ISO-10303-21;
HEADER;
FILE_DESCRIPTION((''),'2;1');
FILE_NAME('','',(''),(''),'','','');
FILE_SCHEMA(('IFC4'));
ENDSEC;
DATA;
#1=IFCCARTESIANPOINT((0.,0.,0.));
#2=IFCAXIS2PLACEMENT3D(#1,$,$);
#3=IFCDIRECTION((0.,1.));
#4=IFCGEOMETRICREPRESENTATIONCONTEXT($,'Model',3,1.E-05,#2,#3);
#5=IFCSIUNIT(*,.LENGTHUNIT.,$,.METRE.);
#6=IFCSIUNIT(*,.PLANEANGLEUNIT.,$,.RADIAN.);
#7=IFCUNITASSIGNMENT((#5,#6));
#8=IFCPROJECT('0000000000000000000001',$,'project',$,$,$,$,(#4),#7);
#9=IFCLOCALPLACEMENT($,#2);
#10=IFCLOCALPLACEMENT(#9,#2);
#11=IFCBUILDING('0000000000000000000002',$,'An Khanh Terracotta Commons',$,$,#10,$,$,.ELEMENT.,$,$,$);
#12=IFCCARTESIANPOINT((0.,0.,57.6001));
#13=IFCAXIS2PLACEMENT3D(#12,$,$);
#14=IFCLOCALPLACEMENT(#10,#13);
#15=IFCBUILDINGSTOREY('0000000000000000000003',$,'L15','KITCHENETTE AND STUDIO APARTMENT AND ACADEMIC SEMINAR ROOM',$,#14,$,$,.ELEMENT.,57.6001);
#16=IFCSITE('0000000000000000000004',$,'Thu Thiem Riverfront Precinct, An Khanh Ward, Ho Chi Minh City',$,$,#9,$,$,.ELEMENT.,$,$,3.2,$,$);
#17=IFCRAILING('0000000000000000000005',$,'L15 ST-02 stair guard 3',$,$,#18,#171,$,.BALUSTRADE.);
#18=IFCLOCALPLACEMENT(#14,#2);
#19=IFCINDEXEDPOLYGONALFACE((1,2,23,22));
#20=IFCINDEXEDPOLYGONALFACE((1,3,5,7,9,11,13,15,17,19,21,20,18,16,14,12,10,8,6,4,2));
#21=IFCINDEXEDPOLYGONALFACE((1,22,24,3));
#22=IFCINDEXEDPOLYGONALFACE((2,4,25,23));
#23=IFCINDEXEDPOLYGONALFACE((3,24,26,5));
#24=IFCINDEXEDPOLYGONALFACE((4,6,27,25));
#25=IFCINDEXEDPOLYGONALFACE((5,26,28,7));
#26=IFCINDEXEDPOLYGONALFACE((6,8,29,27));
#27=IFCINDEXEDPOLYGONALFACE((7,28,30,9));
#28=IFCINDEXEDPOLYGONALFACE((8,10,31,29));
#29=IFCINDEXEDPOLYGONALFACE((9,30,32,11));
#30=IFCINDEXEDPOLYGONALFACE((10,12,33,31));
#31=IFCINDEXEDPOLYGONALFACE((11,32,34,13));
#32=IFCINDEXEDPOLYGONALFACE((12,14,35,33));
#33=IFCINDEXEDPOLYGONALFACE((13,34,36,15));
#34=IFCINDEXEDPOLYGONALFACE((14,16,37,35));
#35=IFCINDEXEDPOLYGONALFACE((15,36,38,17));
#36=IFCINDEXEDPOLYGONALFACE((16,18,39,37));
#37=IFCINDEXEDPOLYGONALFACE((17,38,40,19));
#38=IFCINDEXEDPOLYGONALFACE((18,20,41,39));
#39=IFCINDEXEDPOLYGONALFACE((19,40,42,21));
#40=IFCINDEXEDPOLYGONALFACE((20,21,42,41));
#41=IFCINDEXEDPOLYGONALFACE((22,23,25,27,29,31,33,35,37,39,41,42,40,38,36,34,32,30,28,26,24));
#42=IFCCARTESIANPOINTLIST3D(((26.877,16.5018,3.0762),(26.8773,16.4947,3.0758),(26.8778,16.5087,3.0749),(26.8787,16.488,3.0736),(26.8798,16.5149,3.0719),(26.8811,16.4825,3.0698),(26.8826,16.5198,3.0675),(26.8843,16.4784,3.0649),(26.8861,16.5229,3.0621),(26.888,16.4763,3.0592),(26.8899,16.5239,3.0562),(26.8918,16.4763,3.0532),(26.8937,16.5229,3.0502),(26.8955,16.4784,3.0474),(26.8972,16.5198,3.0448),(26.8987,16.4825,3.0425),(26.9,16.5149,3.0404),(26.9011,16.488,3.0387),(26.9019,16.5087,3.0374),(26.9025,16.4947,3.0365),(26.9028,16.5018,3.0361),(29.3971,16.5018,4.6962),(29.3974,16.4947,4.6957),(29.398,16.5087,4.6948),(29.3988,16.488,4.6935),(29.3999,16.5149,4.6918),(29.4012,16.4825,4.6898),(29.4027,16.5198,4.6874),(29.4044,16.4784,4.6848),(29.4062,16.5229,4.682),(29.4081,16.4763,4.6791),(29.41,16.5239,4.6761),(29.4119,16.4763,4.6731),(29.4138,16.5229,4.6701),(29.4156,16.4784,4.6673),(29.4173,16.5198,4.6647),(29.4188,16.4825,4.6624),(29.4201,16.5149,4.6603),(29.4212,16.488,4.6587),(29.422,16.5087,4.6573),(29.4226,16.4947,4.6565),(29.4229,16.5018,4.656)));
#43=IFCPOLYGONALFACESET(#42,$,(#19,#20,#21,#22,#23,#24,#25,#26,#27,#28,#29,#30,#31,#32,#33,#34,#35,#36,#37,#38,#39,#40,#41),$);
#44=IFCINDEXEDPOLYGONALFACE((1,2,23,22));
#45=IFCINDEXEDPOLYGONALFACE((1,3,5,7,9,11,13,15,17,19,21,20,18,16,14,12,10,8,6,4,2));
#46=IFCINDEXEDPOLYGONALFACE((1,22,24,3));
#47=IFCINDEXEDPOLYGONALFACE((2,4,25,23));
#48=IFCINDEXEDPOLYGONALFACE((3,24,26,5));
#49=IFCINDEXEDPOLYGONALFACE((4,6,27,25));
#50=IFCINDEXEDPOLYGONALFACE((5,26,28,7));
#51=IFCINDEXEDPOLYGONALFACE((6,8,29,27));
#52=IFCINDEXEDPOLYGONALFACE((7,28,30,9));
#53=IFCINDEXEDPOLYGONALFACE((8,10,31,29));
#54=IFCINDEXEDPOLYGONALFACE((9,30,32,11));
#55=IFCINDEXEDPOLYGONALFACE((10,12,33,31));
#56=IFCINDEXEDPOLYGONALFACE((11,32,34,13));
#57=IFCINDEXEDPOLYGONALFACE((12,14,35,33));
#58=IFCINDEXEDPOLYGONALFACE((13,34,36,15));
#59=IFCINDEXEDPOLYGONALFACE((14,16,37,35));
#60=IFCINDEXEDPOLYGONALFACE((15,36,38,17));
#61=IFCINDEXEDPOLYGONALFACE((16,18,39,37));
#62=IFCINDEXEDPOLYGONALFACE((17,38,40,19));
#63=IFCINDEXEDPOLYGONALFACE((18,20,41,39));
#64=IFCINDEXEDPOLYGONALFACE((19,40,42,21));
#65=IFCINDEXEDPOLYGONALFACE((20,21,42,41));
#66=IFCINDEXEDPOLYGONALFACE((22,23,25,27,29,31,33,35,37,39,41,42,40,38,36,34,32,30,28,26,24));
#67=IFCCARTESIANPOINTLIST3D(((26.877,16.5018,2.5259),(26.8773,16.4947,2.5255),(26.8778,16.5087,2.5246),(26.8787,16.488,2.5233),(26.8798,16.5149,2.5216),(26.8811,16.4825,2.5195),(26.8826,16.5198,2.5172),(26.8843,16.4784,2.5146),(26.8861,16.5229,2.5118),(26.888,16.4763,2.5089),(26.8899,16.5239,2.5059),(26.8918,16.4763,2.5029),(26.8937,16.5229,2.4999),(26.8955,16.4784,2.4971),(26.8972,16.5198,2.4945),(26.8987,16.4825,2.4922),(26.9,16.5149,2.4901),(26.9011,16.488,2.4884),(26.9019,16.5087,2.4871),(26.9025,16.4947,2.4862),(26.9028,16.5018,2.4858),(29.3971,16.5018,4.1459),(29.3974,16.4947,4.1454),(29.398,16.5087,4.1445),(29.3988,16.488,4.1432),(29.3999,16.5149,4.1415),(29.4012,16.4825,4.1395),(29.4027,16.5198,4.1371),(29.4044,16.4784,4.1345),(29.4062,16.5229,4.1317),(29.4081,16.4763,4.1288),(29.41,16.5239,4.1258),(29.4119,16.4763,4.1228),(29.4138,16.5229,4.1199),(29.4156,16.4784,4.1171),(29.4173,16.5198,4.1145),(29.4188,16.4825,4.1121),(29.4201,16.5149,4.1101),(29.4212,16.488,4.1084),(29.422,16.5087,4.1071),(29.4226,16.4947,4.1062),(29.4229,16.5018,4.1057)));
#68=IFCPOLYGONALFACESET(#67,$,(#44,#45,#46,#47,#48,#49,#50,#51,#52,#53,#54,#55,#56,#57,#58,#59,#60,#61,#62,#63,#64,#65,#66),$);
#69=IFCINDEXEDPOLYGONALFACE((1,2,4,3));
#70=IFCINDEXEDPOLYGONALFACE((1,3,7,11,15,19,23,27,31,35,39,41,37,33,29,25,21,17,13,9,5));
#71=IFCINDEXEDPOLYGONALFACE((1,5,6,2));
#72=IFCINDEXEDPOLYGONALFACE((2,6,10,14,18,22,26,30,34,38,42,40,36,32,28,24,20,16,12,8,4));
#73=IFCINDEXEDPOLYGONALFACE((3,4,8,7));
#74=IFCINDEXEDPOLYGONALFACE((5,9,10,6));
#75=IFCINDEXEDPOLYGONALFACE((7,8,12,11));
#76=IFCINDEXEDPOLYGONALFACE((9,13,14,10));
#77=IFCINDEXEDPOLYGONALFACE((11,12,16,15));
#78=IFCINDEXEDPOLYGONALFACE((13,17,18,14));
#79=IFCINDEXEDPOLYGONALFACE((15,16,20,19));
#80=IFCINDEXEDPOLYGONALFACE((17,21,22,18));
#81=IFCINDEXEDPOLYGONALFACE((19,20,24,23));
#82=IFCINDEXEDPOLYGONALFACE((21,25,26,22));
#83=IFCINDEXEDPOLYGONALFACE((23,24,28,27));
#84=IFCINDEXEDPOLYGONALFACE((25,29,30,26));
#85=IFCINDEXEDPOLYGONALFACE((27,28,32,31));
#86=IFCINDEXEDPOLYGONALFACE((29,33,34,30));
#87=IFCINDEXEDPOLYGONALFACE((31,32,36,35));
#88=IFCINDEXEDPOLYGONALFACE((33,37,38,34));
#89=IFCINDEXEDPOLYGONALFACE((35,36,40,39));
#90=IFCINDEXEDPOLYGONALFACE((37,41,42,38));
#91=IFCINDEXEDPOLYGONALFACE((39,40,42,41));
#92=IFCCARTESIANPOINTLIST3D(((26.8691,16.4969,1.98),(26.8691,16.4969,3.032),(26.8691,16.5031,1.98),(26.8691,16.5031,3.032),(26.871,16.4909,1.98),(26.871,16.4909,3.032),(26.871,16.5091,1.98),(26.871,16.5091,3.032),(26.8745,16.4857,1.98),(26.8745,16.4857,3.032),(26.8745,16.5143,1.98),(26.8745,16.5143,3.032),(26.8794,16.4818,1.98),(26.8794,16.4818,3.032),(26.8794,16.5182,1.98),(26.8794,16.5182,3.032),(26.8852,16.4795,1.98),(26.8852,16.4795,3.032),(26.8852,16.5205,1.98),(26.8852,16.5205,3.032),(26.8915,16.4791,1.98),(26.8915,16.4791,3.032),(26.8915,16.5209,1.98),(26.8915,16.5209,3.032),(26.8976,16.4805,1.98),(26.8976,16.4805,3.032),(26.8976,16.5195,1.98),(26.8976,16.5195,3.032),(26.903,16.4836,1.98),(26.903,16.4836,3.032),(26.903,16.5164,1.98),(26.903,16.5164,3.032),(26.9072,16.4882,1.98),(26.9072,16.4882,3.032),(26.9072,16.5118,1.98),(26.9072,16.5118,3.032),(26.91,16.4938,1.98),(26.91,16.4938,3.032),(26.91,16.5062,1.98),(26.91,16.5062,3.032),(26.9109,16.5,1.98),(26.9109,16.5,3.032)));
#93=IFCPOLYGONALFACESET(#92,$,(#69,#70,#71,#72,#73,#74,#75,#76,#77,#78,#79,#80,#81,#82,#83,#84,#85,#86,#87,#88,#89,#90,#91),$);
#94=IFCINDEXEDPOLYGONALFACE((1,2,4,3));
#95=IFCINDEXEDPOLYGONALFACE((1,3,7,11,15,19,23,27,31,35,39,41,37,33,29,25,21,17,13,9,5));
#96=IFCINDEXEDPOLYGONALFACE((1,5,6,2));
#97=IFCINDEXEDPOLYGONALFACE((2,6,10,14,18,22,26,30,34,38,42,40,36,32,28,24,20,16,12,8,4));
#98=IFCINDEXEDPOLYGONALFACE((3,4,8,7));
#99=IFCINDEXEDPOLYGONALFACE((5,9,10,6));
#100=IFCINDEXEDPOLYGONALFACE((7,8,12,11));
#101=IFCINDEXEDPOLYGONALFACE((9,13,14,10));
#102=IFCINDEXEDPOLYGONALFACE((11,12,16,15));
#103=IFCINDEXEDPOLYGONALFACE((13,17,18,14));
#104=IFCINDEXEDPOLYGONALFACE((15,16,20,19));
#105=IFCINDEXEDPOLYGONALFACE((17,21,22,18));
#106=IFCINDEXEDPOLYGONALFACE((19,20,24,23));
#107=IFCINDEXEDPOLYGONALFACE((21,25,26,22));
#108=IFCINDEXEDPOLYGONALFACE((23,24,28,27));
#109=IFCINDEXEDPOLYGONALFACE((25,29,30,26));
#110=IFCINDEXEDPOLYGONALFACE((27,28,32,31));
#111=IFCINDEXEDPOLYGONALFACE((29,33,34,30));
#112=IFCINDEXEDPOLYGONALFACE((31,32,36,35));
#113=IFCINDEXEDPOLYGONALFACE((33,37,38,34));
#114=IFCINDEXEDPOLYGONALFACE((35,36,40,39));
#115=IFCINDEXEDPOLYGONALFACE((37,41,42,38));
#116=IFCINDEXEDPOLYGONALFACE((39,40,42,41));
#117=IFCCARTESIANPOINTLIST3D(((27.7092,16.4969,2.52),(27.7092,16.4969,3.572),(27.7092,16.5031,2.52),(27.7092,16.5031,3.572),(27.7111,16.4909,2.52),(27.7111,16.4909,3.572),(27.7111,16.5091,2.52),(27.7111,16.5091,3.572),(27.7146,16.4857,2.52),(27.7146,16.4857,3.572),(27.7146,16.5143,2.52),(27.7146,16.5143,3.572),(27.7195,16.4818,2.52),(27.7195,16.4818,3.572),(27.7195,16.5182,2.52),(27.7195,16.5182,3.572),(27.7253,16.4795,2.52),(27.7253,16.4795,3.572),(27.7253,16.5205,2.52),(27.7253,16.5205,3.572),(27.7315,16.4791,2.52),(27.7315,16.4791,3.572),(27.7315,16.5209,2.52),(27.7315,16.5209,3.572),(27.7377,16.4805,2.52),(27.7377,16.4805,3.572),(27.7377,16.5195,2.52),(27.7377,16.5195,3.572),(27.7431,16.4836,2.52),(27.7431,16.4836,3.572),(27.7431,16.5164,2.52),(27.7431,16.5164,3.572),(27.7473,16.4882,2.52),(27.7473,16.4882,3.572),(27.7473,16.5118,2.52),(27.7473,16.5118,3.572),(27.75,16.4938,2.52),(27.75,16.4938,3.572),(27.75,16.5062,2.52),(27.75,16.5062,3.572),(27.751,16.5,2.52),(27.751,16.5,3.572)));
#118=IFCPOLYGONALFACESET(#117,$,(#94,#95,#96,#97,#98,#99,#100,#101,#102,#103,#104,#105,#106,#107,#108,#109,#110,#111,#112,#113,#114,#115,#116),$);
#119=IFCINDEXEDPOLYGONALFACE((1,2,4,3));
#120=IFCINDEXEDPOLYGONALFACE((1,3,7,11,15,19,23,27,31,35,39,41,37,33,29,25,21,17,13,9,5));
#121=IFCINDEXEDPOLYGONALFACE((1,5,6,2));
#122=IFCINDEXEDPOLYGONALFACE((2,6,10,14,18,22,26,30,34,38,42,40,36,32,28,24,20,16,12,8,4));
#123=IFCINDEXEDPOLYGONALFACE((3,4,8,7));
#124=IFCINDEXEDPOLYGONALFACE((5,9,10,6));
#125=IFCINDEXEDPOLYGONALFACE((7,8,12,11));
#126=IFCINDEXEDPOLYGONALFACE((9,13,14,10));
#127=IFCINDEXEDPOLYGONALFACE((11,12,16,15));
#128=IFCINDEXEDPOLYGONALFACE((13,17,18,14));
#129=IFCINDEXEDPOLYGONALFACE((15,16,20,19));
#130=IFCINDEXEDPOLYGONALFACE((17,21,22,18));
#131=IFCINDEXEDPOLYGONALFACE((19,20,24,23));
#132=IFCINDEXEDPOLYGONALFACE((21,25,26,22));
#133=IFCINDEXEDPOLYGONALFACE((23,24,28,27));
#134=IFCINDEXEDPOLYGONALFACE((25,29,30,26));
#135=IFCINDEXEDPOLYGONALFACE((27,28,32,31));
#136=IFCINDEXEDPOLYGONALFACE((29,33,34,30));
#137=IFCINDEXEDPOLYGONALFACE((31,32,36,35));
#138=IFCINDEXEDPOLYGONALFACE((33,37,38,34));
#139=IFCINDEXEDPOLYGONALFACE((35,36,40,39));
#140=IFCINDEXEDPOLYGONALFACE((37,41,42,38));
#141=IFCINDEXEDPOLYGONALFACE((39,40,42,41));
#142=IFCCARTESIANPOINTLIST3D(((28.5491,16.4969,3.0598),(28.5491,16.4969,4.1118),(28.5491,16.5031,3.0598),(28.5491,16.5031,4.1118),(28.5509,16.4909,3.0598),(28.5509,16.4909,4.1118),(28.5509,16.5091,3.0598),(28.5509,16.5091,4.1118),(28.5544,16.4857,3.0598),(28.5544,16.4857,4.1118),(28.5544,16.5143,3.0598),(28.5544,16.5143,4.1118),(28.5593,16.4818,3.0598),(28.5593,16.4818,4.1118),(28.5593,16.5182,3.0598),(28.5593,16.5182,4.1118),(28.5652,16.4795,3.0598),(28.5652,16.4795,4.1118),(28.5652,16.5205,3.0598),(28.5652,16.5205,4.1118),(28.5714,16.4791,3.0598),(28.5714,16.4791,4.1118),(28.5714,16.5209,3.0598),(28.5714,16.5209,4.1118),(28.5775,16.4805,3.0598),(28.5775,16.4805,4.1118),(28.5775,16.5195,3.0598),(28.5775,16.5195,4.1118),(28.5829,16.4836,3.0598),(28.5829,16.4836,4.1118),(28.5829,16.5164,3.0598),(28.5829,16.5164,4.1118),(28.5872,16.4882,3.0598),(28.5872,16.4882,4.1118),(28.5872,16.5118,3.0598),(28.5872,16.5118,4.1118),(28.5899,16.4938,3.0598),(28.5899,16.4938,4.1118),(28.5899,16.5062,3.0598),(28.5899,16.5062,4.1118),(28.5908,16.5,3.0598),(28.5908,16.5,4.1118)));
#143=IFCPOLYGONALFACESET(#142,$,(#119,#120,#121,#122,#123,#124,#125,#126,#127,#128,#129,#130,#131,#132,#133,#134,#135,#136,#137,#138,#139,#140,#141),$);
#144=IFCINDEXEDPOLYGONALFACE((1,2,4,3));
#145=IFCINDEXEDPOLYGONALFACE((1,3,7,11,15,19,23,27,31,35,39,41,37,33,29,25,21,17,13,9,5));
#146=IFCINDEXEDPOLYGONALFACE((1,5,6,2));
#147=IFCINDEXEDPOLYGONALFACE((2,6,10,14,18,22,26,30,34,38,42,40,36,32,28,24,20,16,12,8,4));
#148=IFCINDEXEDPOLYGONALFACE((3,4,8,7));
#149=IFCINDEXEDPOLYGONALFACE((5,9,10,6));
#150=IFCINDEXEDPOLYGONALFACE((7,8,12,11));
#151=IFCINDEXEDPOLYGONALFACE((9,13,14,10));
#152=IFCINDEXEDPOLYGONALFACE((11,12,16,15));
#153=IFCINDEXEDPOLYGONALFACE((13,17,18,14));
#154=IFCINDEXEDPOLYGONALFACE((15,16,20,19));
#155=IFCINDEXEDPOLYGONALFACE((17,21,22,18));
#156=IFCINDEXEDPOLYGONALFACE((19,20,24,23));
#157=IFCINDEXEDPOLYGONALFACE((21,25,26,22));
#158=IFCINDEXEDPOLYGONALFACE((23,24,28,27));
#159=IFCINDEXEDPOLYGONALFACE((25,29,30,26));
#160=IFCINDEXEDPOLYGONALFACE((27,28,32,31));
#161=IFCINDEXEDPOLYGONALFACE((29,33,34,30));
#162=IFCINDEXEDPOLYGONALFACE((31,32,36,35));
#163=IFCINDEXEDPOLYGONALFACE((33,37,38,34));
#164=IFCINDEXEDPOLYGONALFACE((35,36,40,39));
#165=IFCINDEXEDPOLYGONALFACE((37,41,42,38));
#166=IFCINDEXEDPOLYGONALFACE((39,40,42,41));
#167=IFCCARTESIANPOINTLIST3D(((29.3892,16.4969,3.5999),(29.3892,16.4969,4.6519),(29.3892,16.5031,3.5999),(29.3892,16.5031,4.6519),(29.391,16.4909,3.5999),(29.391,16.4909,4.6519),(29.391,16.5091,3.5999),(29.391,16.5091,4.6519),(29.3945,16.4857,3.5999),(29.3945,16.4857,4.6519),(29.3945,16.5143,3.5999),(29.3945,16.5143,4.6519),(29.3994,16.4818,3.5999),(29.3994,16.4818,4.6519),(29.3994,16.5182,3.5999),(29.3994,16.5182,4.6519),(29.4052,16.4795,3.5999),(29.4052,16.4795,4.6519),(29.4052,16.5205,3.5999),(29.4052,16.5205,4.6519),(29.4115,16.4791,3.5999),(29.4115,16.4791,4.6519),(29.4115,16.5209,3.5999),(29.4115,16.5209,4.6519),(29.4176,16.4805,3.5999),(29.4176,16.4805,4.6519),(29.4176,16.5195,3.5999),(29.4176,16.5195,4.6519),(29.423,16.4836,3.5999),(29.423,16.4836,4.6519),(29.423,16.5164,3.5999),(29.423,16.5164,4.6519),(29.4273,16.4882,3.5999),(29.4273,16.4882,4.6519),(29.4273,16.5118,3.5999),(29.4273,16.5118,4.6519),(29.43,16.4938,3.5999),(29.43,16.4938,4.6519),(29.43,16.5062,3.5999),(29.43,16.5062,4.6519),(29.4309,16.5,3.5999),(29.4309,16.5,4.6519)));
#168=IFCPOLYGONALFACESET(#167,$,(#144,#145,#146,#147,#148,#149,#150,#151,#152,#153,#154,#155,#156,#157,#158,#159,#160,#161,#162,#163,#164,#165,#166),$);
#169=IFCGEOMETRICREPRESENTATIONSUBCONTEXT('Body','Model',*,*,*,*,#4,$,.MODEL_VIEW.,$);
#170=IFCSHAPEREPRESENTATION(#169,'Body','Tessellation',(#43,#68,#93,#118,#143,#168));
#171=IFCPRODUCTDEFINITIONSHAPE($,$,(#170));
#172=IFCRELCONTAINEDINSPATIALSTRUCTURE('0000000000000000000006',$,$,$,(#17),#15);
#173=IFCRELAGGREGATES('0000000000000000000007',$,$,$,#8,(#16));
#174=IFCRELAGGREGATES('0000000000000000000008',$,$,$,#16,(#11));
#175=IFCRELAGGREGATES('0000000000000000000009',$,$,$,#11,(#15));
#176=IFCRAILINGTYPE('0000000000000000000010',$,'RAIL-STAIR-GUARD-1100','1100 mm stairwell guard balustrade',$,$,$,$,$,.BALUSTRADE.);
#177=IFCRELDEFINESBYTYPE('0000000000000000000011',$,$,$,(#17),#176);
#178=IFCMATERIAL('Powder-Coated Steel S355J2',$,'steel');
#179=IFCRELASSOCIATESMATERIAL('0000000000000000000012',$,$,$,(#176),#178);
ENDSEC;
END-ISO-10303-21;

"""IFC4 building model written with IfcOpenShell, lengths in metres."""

from ifc_helpers import new_model, si_unit, direction, frame, origin, origin_2d, place, context, subcontext, project, spatial, circle, extrude, material, type_object, element, save


model = new_model("IFC4")

# Units and contexts
model_context = context("Model", 3, precision=1e-05, world=origin(), true_north=direction((0.0, 1.0)))
body_context = subcontext(model_context, "Body", "Model", "MODEL_VIEW")
ifc_project = project(units=[si_unit("LENGTHUNIT", "METRE"), si_unit("PLANEANGLEUNIT", "RADIAN")], contexts=[model_context])

# Site, building, storey
site_placement = place(None, origin())
site = spatial("IfcSite", under=ifc_project, at=site_placement, Name="Thu Thiem Riverfront Precinct, An Khanh Ward, Ho Chi Minh City", CompositionType="ELEMENT", RefElevation=3.2)
building_placement = place(site_placement, origin())
building = spatial("IfcBuilding", under=site, at=building_placement, Name="An Khanh Terracotta Commons", CompositionType="ELEMENT")
storey_placement = place(building_placement, frame((0.0, 0.0, 57.6001)))
storey = spatial("IfcBuildingStorey", under=building, at=storey_placement, Name="L15", Description="KITCHENETTE AND STUDIO APARTMENT AND ACADEMIC SEMINAR ROOM", CompositionType="ELEMENT", Elevation=57.6001)

# Railing
ifc_material_1 = material(Name="Powder-Coated Steel S355J2", Category="steel")
railing_type_1 = type_object("IfcRailingType", Name="RAIL-STAIR-GUARD-1100", Description="1100 mm stairwell guard balustrade", PredefinedType="BALUSTRADE", material=ifc_material_1)
railing_1_placement = place(storey_placement, frame((26.8899, 16.5, 1.98)))
element("IfcRailing", 1, at=railing_1_placement, inside=storey, type_object=railing_type_1, Name="L15 ST-02 stair guard 3", PredefinedType="BALUSTRADE", context=body_context, shape_type="SweptSolid", body=[
    extrude(circle(Radius=0.0239, at=origin_2d()), frame((0.0, 0.0, 1.0762), z_axis=(0.8412, 0.0, 0.540725), x_axis=(0.0, 1.0, 0.0)), (0.0, 0.0, 1.0), 2.9958),
    extrude(circle(Radius=0.0239, at=origin_2d()), frame((0.0, 0.0, 0.5259), z_axis=(0.8412, 0.0, 0.540725), x_axis=(0.0, 1.0, 0.0)), (0.0, 0.0, 1.0), 2.9958),
    extrude(circle(Radius=0.021, at=origin_2d()), origin(), (0.0, 0.0, 1.0), 1.052),
    extrude(circle(Radius=0.021, at=origin_2d()), frame((0.8401, 0.0, 0.54)), (0.0, 0.0, 1.0), 1.052),
    extrude(circle(Radius=0.021, at=origin_2d()), frame((1.6799, 0.0, 1.0798)), (0.0, 0.0, 1.0), 1.052),
    extrude(circle(Radius=0.021, at=origin_2d()), frame((2.52, 0.0, 1.6199)), (0.0, 0.0, 1.0), 1.052),
])

save(model, "model.ifc")
